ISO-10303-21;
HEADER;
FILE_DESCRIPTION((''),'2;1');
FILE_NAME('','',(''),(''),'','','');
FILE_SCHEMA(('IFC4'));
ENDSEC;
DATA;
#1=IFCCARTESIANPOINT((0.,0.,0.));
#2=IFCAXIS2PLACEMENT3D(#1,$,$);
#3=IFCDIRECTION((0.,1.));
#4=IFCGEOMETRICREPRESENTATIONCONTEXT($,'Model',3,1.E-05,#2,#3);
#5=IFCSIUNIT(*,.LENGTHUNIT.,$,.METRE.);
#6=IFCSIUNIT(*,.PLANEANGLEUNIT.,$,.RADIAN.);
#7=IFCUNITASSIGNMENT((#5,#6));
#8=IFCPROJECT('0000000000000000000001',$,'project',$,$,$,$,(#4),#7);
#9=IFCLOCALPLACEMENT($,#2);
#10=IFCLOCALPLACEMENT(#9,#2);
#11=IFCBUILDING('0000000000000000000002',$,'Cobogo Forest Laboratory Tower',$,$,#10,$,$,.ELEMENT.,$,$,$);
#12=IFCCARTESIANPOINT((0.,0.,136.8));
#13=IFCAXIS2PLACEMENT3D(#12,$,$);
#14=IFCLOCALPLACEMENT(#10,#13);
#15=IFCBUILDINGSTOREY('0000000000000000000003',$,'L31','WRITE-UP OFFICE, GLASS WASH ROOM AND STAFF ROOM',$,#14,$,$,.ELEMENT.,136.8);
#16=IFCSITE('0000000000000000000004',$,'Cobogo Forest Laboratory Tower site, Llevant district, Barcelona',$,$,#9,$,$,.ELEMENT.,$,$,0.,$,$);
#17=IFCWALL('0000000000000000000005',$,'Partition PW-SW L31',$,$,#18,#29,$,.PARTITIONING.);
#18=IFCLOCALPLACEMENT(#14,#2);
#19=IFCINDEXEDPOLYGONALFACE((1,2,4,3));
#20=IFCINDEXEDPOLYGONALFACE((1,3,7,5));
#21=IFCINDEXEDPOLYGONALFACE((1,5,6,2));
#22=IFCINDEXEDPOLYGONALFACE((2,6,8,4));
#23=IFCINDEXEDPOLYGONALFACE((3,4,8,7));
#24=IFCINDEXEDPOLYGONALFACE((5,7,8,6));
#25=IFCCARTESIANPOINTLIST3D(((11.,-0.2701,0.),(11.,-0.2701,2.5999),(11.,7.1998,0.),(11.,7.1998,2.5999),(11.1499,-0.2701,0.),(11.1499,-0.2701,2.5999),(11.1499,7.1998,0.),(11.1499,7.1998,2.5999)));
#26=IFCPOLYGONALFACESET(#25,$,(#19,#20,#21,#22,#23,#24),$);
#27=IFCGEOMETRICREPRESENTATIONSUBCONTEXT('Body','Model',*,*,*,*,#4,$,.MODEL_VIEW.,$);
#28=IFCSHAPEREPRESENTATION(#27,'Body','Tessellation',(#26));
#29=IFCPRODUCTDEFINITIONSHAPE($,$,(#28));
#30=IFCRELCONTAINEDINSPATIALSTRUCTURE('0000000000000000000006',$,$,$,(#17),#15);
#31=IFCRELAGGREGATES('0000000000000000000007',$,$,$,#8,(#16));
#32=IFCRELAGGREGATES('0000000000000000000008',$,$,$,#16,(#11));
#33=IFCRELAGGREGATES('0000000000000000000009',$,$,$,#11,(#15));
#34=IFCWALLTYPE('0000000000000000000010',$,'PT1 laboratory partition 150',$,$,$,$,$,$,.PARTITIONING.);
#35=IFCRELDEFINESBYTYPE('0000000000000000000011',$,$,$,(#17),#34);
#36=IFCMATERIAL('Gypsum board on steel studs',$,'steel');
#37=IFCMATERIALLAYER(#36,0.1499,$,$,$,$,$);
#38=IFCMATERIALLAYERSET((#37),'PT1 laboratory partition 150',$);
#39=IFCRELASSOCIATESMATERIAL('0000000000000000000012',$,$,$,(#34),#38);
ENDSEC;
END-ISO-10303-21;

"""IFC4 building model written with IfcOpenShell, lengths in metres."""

from ifc_helpers import new_model, si_unit, direction, frame, frame_2d, origin, place, context, subcontext, project, spatial, rectangle, extrude, material, layer, layer_set, type_object, element, save


model = new_model("IFC4")

# Units and contexts
model_context = context("Model", 3, precision=1e-05, world=origin(), true_north=direction((0.0, 1.0)))
body_context = subcontext(model_context, "Body", "Model", "MODEL_VIEW")
ifc_project = project(units=[si_unit("LENGTHUNIT", "METRE"), si_unit("PLANEANGLEUNIT", "RADIAN")], contexts=[model_context])

# Site, building, storey
site_placement = place(None, origin())
site = spatial("IfcSite", under=ifc_project, at=site_placement, Name="Cobogo Forest Laboratory Tower site, Llevant district, Barcelona", CompositionType="ELEMENT", RefElevation=0.0)
building_placement = place(site_placement, origin())
building = spatial("IfcBuilding", under=site, at=building_placement, Name="Cobogo Forest Laboratory Tower", CompositionType="ELEMENT")
storey_placement = place(building_placement, frame((0.0, 0.0, 136.8)))
storey = spatial("IfcBuildingStorey", under=building, at=storey_placement, Name="L31", Description="WRITE-UP OFFICE, GLASS WASH ROOM AND STAFF ROOM", CompositionType="ELEMENT", Elevation=136.8)

# Wall
ifc_material_1 = material(Name="Gypsum board on steel studs", Category="steel")
ifc_layer_1 = layer(ifc_material_1, 0.1499)
ifc_layer_set_1 = layer_set([ifc_layer_1], Name="PT1 laboratory partition 150")
wall_type = type_object("IfcWallType", Name="PT1 laboratory partition 150", PredefinedType="PARTITIONING", material=ifc_layer_set_1)
wall_placement = place(storey_placement, frame((11.075, -0.27, 0.0), z_axis=(0.0, 0.0, 1.0), x_axis=(0.0, 1.0, 0.0)))
element("IfcWall", 1, at=wall_placement, inside=storey, type_object=wall_type, Name="Partition PW-SW L31", PredefinedType="PARTITIONING", context=body_context, shape_type="SweptSolid", body=[
    extrude(rectangle(XDim=7.47, YDim=0.1499, at=frame_2d((3.7349, 0.0))), origin(), (0.0, 0.0, 1.0), 2.5999),
])

save(model, "model.ifc")
